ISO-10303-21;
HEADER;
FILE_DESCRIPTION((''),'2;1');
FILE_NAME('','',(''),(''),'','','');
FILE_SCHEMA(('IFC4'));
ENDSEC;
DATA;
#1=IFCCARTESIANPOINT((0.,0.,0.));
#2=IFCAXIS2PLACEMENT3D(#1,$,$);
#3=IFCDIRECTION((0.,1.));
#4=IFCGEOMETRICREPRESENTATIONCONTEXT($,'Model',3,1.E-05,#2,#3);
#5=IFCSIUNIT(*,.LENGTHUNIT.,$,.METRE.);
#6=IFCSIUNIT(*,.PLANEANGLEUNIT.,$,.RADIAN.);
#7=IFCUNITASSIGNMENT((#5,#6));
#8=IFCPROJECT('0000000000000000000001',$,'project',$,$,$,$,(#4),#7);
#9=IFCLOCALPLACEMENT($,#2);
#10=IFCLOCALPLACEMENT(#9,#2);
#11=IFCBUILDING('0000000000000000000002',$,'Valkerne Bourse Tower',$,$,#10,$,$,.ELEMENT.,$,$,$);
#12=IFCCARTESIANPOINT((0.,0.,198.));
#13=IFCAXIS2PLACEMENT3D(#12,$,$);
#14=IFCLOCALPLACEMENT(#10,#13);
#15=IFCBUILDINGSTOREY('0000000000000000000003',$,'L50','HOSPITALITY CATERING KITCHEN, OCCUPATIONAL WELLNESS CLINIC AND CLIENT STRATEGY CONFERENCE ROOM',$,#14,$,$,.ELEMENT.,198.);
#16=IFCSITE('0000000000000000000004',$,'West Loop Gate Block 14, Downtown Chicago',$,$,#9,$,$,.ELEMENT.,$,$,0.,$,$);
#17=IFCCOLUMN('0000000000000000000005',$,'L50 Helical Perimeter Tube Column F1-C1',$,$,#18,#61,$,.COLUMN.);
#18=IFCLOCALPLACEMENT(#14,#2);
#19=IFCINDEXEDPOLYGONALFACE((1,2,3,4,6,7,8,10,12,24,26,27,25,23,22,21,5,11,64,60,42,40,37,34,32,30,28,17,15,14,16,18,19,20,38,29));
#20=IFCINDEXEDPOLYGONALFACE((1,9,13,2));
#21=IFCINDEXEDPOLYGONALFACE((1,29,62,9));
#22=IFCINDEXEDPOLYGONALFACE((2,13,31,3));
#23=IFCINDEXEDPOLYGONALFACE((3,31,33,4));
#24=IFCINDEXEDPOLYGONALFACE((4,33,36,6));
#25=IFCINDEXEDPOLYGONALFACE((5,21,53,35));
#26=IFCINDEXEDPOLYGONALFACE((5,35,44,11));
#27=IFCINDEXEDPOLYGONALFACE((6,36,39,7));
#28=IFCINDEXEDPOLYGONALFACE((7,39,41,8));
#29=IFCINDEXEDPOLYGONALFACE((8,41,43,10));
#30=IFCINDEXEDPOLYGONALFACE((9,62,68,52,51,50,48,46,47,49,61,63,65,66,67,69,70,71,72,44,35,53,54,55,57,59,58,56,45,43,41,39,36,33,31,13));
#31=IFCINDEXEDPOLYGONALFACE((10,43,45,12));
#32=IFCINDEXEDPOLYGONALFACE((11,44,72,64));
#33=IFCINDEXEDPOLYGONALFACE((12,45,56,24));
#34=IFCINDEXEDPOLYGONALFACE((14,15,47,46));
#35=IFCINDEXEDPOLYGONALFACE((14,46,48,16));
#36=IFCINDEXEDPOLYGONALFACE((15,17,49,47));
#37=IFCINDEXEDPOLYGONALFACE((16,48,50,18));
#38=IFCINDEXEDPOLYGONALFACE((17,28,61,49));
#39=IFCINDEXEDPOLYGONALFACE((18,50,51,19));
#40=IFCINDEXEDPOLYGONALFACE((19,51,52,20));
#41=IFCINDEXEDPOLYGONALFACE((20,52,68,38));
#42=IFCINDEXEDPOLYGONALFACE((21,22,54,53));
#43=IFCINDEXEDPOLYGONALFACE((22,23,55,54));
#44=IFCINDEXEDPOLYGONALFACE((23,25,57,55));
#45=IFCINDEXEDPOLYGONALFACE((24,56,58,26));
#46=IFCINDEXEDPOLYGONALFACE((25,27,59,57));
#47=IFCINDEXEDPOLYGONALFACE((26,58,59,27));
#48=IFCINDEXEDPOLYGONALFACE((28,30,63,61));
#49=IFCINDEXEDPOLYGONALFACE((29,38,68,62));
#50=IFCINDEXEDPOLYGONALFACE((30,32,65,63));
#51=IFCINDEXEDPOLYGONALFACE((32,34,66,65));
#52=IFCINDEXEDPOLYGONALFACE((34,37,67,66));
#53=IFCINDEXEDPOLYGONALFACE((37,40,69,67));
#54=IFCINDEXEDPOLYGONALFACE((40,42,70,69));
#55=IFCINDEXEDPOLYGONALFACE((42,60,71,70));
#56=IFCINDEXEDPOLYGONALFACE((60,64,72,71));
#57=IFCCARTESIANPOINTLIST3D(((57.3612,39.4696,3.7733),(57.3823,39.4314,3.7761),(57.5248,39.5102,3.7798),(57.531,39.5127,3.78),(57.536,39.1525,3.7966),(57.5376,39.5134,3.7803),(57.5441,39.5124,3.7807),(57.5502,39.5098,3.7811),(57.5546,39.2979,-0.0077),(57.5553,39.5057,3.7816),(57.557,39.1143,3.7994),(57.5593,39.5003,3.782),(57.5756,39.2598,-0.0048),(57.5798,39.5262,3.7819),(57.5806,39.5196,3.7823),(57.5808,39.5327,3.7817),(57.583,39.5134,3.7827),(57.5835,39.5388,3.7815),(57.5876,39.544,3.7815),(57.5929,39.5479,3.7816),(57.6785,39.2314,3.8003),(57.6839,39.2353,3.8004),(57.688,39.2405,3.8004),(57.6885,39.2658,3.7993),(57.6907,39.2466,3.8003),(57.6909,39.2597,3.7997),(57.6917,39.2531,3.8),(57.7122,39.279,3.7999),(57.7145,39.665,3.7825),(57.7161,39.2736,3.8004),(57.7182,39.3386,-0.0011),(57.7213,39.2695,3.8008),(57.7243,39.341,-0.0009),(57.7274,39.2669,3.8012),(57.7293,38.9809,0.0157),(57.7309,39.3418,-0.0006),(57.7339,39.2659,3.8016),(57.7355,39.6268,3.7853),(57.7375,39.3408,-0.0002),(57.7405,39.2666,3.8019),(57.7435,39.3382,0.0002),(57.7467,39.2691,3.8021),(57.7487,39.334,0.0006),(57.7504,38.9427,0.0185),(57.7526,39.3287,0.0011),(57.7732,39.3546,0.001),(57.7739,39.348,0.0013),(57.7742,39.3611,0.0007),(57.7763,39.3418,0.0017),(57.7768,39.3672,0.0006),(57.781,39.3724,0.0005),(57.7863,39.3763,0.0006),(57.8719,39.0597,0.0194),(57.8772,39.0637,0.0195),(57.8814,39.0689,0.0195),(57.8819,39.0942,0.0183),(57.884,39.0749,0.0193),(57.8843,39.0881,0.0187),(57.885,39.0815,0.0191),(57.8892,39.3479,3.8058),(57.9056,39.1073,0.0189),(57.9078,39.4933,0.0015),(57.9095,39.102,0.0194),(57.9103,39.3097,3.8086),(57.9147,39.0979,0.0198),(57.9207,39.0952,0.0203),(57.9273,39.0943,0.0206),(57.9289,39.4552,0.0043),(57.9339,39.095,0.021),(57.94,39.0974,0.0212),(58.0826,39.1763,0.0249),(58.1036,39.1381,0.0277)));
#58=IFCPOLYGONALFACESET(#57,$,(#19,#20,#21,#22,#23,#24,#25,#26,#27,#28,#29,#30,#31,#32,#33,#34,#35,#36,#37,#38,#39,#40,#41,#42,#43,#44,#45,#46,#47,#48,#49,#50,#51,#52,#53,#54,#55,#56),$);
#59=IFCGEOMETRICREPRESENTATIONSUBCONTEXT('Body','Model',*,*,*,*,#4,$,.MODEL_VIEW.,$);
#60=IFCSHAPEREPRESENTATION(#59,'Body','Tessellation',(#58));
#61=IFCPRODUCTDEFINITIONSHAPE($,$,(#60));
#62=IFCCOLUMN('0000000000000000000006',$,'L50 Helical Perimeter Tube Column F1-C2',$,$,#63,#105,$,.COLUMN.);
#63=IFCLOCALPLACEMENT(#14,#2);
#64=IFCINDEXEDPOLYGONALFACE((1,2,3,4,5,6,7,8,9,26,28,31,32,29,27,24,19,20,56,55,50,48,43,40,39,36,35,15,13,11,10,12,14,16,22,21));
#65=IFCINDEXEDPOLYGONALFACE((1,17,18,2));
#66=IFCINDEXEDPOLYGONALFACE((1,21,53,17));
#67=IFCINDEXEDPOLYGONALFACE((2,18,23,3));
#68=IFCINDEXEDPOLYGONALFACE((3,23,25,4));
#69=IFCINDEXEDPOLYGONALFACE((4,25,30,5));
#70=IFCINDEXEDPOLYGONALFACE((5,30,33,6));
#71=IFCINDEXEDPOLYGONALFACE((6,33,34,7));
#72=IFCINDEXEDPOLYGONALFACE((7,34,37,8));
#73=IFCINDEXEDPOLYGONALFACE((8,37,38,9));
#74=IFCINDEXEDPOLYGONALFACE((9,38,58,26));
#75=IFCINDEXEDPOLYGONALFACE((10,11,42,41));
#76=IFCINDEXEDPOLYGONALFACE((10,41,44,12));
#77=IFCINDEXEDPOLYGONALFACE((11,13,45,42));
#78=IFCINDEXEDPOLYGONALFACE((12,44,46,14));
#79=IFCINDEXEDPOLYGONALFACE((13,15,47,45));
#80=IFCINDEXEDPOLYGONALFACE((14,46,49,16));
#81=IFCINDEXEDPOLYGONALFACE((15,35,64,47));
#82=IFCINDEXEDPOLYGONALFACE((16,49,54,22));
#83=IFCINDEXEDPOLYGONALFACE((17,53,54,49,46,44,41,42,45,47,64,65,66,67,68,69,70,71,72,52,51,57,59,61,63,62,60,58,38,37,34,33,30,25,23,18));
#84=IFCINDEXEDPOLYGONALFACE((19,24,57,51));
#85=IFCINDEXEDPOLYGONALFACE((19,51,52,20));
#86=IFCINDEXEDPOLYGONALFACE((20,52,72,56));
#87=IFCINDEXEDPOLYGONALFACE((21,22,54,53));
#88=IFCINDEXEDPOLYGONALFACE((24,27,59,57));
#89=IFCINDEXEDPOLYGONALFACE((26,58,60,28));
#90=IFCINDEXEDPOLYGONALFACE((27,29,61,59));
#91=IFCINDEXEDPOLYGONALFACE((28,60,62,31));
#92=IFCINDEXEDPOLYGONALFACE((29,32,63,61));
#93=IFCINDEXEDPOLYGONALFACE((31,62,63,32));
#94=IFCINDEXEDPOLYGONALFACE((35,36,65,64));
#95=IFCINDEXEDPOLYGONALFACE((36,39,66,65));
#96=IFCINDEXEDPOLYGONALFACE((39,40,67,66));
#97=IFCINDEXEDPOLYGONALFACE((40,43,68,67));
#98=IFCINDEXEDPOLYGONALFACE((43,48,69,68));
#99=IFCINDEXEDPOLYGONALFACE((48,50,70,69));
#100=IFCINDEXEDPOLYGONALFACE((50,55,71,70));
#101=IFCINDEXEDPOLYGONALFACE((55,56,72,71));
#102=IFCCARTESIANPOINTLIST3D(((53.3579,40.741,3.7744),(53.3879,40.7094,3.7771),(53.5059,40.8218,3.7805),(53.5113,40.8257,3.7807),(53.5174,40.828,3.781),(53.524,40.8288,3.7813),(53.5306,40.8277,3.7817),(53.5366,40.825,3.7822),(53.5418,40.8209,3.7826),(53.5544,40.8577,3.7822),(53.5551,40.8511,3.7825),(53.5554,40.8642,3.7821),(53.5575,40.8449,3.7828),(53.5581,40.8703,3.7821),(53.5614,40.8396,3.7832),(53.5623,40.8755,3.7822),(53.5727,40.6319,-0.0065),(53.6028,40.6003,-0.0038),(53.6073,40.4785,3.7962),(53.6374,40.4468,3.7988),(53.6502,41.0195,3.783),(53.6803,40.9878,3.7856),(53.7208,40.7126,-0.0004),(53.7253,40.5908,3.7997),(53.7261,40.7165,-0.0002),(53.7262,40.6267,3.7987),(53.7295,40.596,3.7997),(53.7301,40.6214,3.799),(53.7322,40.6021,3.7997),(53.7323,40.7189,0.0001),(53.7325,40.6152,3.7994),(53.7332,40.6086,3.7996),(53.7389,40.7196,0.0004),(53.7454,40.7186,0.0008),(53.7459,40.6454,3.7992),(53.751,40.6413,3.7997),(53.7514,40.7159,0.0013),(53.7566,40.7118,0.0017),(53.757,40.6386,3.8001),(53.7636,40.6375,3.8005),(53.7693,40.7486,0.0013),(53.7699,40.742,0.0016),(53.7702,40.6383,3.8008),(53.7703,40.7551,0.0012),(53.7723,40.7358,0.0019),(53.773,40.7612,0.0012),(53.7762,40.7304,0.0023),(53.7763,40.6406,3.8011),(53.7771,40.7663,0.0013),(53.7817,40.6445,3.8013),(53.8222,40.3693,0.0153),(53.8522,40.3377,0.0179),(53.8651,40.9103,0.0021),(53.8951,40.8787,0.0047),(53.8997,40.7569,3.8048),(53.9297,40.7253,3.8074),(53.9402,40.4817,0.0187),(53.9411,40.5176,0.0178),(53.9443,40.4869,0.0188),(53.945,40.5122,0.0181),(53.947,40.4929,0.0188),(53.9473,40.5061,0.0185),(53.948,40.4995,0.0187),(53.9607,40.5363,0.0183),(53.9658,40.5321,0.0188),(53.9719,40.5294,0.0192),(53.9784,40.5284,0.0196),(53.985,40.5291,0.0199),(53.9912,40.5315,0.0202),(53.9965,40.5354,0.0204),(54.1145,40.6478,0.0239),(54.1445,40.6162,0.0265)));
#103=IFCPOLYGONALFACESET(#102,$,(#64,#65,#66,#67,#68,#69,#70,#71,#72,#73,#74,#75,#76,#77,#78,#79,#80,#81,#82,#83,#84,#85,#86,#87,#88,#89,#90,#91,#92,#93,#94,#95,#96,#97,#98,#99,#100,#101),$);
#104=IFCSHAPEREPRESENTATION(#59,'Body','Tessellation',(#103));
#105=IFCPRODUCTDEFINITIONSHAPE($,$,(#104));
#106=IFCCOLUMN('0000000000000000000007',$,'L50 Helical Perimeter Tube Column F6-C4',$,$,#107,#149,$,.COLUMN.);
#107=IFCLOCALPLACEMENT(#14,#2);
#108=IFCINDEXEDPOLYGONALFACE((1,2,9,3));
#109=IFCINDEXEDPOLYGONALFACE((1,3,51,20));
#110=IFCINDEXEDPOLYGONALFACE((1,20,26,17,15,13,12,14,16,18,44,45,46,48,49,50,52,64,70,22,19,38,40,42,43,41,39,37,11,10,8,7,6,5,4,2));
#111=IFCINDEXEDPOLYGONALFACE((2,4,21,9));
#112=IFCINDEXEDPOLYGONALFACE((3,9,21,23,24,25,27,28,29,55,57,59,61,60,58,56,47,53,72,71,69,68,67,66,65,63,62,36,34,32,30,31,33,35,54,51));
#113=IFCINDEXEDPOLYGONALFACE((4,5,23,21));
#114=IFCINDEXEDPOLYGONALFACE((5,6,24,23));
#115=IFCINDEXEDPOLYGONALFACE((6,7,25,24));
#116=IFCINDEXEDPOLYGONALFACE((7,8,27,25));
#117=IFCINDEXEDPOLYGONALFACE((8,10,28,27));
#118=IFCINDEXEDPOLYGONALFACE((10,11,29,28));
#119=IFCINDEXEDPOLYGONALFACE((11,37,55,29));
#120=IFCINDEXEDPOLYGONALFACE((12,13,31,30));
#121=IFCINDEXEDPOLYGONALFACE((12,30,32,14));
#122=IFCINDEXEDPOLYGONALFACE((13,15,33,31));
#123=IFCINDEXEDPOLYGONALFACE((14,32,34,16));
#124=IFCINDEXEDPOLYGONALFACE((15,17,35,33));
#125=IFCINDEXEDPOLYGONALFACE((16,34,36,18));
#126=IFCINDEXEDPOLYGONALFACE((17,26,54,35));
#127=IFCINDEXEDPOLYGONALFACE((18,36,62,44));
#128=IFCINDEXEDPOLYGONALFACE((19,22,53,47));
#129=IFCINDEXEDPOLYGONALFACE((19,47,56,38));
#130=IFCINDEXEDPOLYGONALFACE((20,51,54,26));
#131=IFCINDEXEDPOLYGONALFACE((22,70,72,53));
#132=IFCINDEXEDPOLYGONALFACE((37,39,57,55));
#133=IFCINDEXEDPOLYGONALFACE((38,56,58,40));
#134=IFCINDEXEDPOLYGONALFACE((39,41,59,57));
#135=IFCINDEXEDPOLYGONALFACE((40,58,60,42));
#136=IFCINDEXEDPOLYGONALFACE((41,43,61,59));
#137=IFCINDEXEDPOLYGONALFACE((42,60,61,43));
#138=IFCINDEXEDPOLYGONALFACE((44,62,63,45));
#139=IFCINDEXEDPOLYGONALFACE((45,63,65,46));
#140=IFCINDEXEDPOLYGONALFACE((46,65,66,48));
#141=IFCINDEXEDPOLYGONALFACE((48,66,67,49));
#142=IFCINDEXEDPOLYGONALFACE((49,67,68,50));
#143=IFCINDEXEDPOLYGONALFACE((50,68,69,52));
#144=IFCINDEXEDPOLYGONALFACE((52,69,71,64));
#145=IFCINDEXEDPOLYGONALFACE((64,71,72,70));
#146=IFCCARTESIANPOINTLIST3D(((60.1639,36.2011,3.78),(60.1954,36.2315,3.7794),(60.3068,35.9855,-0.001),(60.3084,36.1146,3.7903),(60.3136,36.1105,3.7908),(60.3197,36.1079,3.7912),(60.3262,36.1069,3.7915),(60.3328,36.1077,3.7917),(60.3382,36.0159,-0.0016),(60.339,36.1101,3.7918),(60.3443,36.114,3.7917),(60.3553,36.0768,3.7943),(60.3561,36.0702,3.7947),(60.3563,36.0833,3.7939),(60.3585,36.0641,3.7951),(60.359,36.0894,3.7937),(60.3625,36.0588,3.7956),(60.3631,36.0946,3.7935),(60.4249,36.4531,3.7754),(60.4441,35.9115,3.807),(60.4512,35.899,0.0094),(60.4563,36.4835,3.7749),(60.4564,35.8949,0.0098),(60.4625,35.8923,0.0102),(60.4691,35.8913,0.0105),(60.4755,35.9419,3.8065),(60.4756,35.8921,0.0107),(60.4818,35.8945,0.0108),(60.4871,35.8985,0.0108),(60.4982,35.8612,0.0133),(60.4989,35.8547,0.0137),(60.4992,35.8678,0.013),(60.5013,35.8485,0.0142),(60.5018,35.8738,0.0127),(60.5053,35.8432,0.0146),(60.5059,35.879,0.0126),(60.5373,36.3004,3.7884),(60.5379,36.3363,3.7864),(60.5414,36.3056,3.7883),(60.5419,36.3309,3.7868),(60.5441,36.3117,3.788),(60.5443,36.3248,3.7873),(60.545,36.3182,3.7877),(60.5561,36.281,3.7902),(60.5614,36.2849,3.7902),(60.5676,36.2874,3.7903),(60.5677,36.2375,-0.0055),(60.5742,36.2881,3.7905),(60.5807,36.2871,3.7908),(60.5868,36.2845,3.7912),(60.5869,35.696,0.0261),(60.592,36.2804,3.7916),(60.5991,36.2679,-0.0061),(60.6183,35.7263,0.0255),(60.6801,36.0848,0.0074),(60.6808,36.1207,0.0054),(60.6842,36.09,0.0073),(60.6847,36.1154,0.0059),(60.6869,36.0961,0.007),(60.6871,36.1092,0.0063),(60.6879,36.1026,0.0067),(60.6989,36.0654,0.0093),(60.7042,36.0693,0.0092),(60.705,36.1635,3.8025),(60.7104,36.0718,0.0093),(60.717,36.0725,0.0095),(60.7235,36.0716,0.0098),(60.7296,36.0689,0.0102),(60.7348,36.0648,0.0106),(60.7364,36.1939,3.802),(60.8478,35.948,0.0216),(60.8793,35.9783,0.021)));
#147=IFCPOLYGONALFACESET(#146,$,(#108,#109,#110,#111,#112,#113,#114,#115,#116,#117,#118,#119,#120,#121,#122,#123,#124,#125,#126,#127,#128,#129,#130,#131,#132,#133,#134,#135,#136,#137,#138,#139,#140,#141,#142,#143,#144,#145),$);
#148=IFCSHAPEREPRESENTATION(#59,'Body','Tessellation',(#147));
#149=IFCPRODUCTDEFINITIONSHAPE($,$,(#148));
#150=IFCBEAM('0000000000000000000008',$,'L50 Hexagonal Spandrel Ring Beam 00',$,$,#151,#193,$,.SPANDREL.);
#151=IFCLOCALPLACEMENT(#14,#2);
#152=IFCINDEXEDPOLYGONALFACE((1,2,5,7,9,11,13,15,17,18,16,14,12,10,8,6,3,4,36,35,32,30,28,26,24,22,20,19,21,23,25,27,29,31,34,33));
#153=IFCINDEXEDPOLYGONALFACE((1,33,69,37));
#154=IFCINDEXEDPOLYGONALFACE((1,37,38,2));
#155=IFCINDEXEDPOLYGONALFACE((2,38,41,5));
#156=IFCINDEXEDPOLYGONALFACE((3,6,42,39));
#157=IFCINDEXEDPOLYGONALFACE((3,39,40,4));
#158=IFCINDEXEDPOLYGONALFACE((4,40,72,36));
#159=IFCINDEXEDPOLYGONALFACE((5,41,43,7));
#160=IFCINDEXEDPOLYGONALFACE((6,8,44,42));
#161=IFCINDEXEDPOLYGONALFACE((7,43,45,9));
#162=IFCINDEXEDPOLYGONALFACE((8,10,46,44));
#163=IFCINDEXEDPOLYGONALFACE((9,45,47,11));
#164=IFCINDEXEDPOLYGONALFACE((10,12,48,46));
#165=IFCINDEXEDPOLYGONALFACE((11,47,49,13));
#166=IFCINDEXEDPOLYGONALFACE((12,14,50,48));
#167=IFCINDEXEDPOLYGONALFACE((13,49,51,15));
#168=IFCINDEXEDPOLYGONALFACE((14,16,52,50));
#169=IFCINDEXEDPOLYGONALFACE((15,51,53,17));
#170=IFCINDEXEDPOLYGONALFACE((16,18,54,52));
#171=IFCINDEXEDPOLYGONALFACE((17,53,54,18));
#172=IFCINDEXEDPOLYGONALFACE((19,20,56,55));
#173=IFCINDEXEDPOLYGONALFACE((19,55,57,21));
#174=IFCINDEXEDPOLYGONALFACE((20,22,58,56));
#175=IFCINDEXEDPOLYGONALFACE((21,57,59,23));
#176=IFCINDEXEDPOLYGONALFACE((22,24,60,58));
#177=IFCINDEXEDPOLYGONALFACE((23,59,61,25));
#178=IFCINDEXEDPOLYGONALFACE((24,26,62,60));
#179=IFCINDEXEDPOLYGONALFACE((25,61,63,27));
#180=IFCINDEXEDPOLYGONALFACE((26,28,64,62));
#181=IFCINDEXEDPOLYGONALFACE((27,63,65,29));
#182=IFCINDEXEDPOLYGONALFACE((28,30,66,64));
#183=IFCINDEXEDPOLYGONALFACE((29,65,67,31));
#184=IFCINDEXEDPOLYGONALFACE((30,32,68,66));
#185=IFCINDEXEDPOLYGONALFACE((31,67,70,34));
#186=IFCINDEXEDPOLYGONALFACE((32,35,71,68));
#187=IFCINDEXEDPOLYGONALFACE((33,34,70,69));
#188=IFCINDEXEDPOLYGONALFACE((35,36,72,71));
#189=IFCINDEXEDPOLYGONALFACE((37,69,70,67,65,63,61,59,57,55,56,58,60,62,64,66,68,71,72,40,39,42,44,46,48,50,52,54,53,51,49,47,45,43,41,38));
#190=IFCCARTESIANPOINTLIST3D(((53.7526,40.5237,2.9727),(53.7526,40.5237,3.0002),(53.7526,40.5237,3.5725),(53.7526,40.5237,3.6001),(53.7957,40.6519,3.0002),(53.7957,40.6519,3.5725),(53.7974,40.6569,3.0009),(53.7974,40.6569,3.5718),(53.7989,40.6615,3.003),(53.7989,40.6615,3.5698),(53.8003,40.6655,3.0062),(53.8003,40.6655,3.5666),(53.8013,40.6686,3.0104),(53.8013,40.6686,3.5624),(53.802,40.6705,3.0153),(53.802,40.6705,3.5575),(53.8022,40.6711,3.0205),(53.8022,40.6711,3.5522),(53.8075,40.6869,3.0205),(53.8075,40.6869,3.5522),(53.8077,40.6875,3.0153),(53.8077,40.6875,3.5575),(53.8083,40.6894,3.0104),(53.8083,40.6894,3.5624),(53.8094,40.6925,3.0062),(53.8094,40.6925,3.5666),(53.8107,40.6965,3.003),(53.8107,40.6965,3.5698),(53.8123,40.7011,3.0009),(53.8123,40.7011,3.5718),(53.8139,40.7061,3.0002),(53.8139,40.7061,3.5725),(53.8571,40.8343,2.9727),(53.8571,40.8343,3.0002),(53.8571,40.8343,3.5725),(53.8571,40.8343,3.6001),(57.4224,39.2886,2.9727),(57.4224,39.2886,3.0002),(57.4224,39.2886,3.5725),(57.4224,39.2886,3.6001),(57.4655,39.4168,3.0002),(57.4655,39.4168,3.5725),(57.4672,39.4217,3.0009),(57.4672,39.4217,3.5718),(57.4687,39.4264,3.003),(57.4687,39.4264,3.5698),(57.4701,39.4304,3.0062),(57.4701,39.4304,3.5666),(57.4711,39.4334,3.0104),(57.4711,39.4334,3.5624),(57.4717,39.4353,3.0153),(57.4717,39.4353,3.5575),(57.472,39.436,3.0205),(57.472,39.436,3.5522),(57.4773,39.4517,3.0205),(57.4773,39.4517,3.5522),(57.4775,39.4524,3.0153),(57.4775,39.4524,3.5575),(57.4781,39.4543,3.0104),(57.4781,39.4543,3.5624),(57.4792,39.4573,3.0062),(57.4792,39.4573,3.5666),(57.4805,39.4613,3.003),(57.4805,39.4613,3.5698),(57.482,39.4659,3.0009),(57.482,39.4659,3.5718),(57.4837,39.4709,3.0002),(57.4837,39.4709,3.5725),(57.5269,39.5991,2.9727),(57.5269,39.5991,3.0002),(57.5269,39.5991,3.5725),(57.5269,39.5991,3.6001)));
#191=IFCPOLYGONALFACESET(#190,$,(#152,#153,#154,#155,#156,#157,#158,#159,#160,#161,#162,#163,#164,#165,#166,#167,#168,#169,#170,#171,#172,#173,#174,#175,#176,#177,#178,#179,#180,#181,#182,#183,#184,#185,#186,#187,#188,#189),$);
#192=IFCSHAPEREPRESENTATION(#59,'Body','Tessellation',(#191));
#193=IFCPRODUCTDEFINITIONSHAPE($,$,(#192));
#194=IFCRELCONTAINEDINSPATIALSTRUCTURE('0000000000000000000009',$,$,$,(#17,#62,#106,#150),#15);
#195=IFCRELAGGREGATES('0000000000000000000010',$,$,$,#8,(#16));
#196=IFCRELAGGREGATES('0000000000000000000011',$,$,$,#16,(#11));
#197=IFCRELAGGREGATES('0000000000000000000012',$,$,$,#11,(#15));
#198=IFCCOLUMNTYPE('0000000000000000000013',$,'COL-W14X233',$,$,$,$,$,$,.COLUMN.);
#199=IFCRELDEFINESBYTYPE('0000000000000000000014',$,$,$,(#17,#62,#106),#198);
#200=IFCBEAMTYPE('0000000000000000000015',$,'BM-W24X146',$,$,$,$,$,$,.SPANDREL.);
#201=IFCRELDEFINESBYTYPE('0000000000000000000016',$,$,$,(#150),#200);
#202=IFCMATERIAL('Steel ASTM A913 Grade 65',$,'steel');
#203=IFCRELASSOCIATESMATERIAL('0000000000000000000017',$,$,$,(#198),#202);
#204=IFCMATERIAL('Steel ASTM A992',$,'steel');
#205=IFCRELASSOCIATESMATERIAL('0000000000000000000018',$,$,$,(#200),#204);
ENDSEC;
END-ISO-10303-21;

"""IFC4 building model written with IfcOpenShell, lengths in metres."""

from ifc_helpers import new_model, si_unit, direction, frame, origin, origin_2d, place, context, subcontext, project, spatial, i_section, extrude, material, material_profile, profile_set, type_object, element, save


model = new_model("IFC4")

# Units and contexts
model_context = context("Model", 3, precision=1e-05, world=origin(), true_north=direction((0.0, 1.0)))
body_context = subcontext(model_context, "Body", "Model", "MODEL_VIEW")
ifc_project = project(units=[si_unit("LENGTHUNIT", "METRE"), si_unit("PLANEANGLEUNIT", "RADIAN")], contexts=[model_context])

# Site, building, storey
site_placement = place(None, origin())
site = spatial("IfcSite", under=ifc_project, at=site_placement, Name="West Loop Gate Block 14, Downtown Chicago", CompositionType="ELEMENT", RefElevation=0.0)
building_placement = place(site_placement, origin())
building = spatial("IfcBuilding", under=site, at=building_placement, Name="Valkerne Bourse Tower", CompositionType="ELEMENT")
storey_placement = place(building_placement, frame((0.0, 0.0, 198.0)))
storey = spatial("IfcBuildingStorey", under=building, at=storey_placement, Name="L50", Description="HOSPITALITY CATERING KITCHEN, OCCUPATIONAL WELLNESS CLINIC AND CLIENT STRATEGY CONFERENCE ROOM", CompositionType="ELEMENT", Elevation=198.0)

# Columns
ifc_material_1 = material(Name="Steel ASTM A913 Grade 65", Category="steel")
ifc_material_profile_1 = material_profile(ifc_material_1, i_section(OverallWidth=0.4038, OverallDepth=0.4065, WebThickness=0.0271, FlangeThickness=0.0437, FilletRadius=0.0254, at=origin_2d()), Name="W14X233")
ifc_profile_set_1 = profile_set([ifc_material_profile_1], Name="Steel ASTM A913 Grade 65")
column_type = type_object("IfcColumnType", Name="COL-W14X233", PredefinedType="COLUMN", material=ifc_profile_set_1)
column_1_placement = place(storey_placement, frame((57.8291, 39.218, 0.01), z_axis=(-0.051021, 0.045287, 0.99767), x_axis=(0.874825, 0.483904, 0.022772)))
element("IfcColumn", 1, at=column_1_placement, inside=storey, type_object=column_type, Name="L50 Helical Perimeter Tube Column F1-C1", PredefinedType="COLUMN", context=body_context, shape_type="SweptSolid", body=[
    extrude(i_section(OverallWidth=0.4038, OverallDepth=0.4065, WebThickness=0.0271, FlangeThickness=0.0437, FilletRadius=0.0254, at=origin_2d()), origin(), (0.0, 0.0, 1.0), 3.7898),
])
column_2_placement = place(storey_placement, frame((53.8586, 40.624, 0.01), z_axis=(-0.056707, 0.028804, 0.997975), x_axis=(0.723912, 0.689565, 0.021231)))
element("IfcColumn", 2, at=column_2_placement, inside=storey, type_object=column_type, Name="L50 Helical Perimeter Tube Column F1-C2", PredefinedType="COLUMN", context=body_context, shape_type="SweptSolid", body=[
    extrude(i_section(OverallWidth=0.4038, OverallDepth=0.4065, WebThickness=0.0271, FlangeThickness=0.0437, FilletRadius=0.0254, at=origin_2d()), origin(), (0.0, 0.0, 1.0), 3.7886),
])
column_3_placement = place(storey_placement, frame((60.593, 35.9819, 0.01), z_axis=(-0.037686, 0.056883, 0.997669), x_axis=(0.693707, -0.717126, 0.067091)))
element("IfcColumn", 3, at=column_3_placement, inside=storey, type_object=column_type, Name="L50 Helical Perimeter Tube Column F6-C4", PredefinedType="COLUMN", context=body_context, shape_type="SweptSolid", body=[
    extrude(i_section(OverallWidth=0.4038, OverallDepth=0.4065, WebThickness=0.0271, FlangeThickness=0.0437, FilletRadius=0.0254, at=origin_2d()), origin(), (0.0, 0.0, 1.0), 3.7898),
])

# Beam
ifc_material_2 = material(Name="Steel ASTM A992", Category="steel")
ifc_material_profile_2 = material_profile(ifc_material_2, i_section(OverallWidth=0.3276, OverallDepth=0.6274, WebThickness=0.0166, FlangeThickness=0.0276, FilletRadius=0.0203, at=origin_2d()), Name="W24X146")
ifc_profile_set_2 = profile_set([ifc_material_profile_2], Name="Steel ASTM A992")
beam_type = type_object("IfcBeamType", Name="BM-W24X146", PredefinedType="SPANDREL", material=ifc_profile_set_2)
for number, where, z_axis, x_axis, name in (
    (4, (57.4746, 39.4438, 3.2864), (-0.947759, 0.318988, 0.0), (-0.318988, -0.947759, 0.0), "L50 Hexagonal Spandrel Ring Beam 00"),
):
    element("IfcBeam", number, at=place(storey_placement, frame(where, z_axis=z_axis, x_axis=x_axis)), inside=storey, type_object=beam_type, Name=name, PredefinedType="SPANDREL", context=body_context, shape_type="SweptSolid", body=[
        extrude(i_section(OverallWidth=0.3276, OverallDepth=0.6274, WebThickness=0.0166, FlangeThickness=0.0276, FilletRadius=0.0203, at=origin_2d()), origin(), (0.0, 0.0, 1.0), 3.8721),
    ])

save(model, "model.ifc")
